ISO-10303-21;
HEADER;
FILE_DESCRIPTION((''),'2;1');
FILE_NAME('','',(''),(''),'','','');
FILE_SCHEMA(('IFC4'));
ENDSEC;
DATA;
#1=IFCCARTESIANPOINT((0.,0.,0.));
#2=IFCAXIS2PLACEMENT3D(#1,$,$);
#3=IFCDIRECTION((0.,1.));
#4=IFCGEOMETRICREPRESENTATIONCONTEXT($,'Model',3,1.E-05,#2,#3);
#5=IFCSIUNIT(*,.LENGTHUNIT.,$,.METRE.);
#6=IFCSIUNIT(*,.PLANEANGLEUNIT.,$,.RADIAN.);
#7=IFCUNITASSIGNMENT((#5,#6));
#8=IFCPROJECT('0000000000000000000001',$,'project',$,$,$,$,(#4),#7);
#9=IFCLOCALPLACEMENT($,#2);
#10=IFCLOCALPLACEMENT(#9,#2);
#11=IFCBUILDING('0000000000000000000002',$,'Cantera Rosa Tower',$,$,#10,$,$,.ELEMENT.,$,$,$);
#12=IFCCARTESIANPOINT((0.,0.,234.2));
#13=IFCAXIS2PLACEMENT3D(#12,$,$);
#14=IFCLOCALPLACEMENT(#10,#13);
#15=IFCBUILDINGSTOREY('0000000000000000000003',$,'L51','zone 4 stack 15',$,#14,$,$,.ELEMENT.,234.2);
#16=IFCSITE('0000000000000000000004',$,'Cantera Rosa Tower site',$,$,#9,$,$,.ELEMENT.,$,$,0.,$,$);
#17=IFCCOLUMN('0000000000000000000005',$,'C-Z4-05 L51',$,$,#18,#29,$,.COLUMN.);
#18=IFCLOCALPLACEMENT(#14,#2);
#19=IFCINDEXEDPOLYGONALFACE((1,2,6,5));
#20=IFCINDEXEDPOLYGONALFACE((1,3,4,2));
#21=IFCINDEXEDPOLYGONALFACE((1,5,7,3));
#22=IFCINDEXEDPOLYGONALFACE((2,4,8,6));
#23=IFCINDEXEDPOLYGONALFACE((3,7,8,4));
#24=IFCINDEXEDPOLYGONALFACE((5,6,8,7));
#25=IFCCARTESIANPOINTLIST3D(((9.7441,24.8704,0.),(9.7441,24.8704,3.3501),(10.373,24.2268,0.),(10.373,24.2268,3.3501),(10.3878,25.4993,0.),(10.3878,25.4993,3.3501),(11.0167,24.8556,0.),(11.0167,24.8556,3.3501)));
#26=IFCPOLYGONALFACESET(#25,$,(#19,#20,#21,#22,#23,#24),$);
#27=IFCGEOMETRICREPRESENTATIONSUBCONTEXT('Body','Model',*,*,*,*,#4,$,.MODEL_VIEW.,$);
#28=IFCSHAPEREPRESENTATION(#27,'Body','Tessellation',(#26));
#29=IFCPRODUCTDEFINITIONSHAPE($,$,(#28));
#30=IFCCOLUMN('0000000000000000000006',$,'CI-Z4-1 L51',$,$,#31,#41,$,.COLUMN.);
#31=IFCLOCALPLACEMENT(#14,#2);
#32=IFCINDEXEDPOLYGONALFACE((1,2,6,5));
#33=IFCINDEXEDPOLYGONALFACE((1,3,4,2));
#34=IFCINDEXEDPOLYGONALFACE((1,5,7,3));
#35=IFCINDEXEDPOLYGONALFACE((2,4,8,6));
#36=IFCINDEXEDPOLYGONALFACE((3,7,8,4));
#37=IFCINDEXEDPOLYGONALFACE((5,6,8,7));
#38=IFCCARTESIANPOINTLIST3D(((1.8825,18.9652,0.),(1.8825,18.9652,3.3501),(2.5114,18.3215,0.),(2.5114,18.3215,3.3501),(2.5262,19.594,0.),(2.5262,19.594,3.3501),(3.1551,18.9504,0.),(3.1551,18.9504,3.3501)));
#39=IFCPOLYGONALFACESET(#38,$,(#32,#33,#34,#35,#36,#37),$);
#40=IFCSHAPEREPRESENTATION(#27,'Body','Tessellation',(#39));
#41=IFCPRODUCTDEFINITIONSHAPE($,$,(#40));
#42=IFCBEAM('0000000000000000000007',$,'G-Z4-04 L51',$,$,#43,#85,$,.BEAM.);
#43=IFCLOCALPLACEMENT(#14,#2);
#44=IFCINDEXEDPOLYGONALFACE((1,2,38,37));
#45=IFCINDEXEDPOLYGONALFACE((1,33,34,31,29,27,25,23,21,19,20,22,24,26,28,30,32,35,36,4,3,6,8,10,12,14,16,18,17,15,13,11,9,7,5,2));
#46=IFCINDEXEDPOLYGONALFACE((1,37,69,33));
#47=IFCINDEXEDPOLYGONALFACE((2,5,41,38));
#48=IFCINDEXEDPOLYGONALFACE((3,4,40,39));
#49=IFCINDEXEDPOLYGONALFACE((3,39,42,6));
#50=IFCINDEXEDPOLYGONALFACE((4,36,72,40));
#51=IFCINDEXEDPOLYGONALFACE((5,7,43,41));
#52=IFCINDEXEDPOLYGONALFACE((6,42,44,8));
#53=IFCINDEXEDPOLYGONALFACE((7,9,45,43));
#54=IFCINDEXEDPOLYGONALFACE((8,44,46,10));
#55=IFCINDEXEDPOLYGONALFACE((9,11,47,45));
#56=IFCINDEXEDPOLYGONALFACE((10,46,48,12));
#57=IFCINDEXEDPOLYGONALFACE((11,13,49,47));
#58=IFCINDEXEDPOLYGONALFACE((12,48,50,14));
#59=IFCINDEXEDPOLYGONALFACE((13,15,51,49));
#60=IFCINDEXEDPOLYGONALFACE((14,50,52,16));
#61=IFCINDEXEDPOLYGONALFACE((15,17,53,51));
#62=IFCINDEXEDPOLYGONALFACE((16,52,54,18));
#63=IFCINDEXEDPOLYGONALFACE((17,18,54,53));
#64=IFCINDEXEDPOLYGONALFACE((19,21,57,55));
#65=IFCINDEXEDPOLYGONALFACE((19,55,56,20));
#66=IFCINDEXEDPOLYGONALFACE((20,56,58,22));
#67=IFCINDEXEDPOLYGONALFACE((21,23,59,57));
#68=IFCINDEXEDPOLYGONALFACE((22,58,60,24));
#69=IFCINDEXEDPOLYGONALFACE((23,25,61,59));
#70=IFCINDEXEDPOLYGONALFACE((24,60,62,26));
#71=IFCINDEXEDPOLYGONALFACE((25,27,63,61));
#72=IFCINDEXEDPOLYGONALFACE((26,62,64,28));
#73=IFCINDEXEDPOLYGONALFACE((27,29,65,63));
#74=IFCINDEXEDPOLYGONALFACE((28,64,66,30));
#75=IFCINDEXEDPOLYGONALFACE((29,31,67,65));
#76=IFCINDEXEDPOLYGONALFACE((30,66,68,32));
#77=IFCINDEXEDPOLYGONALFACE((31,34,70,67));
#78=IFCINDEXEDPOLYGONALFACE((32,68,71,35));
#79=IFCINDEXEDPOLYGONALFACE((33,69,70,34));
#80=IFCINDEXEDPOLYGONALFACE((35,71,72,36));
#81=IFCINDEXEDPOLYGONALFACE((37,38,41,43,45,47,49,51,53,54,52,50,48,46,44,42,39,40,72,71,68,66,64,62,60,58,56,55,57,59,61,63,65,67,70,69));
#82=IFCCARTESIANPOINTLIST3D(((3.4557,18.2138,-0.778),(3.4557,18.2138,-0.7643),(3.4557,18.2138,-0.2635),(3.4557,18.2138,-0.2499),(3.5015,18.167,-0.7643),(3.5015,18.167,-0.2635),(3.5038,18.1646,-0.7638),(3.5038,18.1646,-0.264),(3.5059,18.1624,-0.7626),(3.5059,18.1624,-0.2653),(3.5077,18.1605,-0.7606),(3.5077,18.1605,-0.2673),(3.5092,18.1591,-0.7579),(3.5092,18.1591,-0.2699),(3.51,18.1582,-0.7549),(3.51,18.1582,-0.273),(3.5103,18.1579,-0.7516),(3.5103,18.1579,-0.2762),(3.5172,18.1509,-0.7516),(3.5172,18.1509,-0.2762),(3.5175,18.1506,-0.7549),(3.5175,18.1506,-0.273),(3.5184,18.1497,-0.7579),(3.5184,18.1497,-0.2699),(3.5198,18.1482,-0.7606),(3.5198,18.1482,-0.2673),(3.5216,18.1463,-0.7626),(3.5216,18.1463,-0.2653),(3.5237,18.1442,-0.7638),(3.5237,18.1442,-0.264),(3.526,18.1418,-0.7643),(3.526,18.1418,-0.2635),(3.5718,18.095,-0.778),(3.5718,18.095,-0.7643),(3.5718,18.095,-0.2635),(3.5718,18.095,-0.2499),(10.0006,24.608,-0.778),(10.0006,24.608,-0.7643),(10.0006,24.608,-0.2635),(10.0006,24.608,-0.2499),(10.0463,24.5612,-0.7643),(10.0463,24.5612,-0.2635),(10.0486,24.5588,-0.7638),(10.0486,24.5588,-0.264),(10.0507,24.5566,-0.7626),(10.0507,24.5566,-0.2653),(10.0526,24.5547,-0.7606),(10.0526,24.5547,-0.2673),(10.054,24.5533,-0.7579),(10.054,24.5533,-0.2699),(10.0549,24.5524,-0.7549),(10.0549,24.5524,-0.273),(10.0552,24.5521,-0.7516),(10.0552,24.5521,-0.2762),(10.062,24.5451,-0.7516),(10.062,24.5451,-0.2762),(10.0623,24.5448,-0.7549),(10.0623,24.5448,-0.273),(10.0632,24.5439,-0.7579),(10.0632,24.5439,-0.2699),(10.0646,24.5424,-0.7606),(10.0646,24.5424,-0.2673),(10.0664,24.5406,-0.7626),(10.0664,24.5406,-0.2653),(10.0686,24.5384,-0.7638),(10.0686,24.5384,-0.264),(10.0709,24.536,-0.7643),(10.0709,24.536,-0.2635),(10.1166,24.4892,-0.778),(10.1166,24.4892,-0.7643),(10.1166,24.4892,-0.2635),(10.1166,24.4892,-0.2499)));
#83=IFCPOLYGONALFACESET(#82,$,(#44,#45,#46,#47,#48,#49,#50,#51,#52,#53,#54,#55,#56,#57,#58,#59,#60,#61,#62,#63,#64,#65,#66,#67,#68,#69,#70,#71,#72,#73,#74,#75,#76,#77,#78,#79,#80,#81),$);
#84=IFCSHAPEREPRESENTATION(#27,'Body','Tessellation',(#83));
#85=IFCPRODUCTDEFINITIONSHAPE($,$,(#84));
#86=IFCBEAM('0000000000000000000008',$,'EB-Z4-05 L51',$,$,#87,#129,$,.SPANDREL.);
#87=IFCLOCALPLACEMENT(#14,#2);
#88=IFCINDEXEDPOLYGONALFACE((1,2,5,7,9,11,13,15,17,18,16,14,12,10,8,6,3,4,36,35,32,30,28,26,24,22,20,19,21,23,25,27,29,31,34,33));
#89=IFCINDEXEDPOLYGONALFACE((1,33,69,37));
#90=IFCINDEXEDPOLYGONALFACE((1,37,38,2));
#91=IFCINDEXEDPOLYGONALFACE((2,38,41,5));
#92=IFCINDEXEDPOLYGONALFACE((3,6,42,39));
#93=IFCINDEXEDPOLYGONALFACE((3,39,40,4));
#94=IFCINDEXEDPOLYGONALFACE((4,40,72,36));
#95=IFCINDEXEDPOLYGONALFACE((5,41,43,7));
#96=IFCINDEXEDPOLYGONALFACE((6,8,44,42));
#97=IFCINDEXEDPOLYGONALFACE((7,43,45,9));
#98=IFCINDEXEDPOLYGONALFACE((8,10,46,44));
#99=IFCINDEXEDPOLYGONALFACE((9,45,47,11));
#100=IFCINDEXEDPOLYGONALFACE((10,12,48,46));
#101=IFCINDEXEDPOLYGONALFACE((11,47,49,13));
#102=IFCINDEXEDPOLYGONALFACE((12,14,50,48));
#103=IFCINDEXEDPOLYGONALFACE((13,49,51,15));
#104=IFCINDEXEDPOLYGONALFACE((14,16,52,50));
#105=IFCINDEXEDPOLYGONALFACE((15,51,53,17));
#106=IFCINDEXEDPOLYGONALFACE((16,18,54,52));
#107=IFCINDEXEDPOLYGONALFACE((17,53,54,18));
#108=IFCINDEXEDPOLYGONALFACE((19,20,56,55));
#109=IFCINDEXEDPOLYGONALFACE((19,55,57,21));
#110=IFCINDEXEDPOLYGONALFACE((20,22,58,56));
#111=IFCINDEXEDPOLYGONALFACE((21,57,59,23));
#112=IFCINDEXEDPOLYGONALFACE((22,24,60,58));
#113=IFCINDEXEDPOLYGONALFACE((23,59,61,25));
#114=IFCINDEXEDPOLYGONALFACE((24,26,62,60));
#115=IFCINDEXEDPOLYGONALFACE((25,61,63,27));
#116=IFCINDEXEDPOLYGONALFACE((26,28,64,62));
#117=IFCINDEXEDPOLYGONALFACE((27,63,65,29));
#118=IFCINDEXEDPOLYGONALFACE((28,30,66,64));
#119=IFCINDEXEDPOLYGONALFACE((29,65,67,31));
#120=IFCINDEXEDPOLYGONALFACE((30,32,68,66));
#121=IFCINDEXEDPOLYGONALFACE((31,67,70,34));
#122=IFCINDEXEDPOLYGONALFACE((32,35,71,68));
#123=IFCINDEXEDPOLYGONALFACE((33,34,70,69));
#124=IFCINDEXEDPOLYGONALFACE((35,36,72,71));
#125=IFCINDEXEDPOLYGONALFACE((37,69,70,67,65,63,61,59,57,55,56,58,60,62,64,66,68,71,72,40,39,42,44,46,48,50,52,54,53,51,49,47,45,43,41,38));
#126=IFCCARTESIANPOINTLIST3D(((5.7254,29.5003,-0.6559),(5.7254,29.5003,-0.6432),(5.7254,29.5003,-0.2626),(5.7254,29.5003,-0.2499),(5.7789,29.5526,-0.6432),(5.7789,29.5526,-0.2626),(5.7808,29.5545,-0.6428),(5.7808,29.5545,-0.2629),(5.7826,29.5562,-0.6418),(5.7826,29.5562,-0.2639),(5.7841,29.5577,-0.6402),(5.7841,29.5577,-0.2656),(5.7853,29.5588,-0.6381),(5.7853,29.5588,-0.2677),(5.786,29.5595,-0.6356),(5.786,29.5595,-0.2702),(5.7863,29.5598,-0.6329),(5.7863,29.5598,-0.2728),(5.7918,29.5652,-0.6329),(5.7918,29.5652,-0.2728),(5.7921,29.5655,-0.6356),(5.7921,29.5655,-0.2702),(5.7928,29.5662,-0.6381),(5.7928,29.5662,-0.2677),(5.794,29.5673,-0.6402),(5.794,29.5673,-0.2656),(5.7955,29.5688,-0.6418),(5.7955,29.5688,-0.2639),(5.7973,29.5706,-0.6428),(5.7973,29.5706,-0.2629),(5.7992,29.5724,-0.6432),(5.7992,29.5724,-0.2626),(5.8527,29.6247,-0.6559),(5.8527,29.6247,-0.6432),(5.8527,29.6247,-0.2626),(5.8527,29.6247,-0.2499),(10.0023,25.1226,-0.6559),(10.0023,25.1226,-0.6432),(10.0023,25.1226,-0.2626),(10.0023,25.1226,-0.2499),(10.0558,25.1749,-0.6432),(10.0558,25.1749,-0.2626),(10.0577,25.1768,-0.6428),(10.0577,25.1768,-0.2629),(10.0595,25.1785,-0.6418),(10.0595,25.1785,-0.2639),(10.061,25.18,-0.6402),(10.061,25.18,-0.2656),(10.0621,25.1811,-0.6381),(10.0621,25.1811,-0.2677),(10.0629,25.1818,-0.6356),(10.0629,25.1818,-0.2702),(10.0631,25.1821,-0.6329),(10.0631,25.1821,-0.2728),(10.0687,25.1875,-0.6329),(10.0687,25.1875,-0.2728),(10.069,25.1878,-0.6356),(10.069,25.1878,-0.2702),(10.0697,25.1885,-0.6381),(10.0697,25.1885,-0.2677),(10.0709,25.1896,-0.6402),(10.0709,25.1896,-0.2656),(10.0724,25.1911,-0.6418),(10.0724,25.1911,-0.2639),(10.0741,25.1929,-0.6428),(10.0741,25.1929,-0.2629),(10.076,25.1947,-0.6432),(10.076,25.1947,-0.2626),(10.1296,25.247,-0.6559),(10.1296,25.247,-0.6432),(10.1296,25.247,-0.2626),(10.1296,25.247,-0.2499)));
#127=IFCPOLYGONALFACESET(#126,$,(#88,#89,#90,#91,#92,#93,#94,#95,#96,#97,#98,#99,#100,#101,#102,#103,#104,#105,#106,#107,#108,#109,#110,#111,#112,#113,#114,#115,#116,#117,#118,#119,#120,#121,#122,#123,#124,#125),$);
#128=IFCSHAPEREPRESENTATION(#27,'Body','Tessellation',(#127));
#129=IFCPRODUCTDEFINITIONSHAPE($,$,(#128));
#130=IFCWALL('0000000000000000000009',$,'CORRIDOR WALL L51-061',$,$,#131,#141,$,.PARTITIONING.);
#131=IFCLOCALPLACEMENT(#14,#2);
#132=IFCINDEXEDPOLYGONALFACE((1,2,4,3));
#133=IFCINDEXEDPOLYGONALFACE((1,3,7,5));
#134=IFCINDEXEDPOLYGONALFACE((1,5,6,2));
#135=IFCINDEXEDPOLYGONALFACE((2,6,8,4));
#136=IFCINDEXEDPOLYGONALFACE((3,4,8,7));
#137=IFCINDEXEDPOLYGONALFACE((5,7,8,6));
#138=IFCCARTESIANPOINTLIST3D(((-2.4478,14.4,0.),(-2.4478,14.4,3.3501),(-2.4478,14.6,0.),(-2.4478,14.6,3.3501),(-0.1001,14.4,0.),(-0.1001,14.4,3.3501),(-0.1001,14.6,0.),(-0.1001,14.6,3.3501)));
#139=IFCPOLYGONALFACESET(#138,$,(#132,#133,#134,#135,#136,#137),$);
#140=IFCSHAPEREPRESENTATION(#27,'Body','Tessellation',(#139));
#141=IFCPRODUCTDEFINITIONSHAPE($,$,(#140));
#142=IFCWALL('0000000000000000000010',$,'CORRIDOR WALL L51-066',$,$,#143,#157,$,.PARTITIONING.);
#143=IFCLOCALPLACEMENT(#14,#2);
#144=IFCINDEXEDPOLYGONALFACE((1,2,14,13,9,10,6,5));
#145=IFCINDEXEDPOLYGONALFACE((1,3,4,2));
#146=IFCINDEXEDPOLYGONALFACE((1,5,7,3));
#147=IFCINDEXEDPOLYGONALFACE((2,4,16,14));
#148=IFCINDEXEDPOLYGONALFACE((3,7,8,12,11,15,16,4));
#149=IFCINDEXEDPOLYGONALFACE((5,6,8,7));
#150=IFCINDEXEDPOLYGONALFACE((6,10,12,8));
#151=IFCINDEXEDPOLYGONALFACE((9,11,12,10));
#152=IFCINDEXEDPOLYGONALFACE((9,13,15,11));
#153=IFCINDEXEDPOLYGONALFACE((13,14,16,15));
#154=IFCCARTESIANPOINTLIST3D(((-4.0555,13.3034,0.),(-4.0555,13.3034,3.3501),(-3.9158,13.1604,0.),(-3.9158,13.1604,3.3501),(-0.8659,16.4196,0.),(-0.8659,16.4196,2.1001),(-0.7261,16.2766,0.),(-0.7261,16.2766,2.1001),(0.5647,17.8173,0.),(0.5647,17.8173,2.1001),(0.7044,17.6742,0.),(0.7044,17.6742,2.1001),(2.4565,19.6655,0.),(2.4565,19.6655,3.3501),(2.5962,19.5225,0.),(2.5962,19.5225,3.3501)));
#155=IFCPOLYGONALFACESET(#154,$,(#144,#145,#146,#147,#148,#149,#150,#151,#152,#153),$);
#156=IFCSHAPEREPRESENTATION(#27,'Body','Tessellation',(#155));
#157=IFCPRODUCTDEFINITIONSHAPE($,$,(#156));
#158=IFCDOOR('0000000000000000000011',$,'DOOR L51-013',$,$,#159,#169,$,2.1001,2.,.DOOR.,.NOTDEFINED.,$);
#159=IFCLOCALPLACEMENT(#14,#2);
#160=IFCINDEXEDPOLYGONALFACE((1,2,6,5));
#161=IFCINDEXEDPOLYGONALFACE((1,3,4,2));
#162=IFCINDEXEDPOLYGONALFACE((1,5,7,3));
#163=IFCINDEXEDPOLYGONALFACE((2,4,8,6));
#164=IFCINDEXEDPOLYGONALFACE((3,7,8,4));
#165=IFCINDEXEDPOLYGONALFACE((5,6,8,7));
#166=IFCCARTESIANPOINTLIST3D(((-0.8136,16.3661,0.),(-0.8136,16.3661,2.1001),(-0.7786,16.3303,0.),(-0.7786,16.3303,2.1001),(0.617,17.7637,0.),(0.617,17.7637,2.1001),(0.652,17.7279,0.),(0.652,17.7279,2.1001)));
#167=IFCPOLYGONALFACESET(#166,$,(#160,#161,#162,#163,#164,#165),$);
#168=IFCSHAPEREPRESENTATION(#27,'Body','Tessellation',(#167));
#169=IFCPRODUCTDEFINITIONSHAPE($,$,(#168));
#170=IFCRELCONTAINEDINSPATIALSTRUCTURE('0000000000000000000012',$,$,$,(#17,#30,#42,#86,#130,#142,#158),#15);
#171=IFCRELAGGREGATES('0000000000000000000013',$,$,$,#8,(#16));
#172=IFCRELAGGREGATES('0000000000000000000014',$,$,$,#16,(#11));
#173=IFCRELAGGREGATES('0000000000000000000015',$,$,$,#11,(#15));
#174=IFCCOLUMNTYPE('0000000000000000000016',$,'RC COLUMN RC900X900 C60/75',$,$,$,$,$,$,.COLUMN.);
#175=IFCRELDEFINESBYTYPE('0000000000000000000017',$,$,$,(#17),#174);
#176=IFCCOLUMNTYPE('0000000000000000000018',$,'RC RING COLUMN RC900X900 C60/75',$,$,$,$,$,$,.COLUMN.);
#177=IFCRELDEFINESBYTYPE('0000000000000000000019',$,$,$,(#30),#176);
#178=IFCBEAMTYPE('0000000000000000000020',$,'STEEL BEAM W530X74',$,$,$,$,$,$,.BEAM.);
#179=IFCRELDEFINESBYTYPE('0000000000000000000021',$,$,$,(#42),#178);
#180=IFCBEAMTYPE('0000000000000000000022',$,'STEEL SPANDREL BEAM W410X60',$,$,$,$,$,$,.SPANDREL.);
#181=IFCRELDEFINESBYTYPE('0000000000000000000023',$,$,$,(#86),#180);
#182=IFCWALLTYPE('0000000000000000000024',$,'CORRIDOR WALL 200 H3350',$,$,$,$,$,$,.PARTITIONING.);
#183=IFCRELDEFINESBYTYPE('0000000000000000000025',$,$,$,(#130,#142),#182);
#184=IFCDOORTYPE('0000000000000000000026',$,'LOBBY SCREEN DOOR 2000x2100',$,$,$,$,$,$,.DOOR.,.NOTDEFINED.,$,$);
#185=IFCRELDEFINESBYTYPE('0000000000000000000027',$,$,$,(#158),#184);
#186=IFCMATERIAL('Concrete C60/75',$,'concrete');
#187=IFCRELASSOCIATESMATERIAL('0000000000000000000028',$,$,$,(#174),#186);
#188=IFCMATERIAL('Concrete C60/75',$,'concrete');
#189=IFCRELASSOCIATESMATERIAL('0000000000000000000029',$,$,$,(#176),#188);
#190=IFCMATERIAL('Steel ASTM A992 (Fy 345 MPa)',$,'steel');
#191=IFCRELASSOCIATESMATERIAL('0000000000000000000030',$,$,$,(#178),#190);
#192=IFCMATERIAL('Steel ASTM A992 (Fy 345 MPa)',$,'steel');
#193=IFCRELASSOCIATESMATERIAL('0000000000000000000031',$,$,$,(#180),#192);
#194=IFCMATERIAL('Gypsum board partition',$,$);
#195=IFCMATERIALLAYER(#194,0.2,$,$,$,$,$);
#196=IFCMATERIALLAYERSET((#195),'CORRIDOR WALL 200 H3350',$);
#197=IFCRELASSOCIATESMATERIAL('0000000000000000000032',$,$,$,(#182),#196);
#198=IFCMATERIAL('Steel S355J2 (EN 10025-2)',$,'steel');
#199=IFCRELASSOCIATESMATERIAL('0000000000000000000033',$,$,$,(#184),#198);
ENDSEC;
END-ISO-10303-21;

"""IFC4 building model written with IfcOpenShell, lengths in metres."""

from ifc_helpers import new_model, si_unit, direction, frame, frame_2d, origin, origin_2d, place, context, subcontext, project, spatial, rectangle, i_section, extrude, material, layer, layer_set, material_profile, profile_set, type_object, element, fill, save


model = new_model("IFC4")

# Units and contexts
model_context = context("Model", 3, precision=1e-05, world=origin(), true_north=direction((0.0, 1.0)))
body_context = subcontext(model_context, "Body", "Model", "MODEL_VIEW")
ifc_project = project(units=[si_unit("LENGTHUNIT", "METRE"), si_unit("PLANEANGLEUNIT", "RADIAN")], contexts=[model_context])

# Site, building, storey
site_placement = place(None, origin())
site = spatial("IfcSite", under=ifc_project, at=site_placement, Name="Cantera Rosa Tower site", CompositionType="ELEMENT", RefElevation=0.0)
building_placement = place(site_placement, origin())
building = spatial("IfcBuilding", under=site, at=building_placement, Name="Cantera Rosa Tower", CompositionType="ELEMENT")
storey_placement = place(building_placement, frame((0.0, 0.0, 234.2)))
storey = spatial("IfcBuildingStorey", under=building, at=storey_placement, Name="L51", Description="zone 4 stack 15", CompositionType="ELEMENT", Elevation=234.2)

# Columns
ifc_material_1 = material(Name="Concrete C60/75", Category="concrete")
ifc_material_profile_1 = material_profile(ifc_material_1, rectangle(XDim=0.8999, YDim=0.8999, at=origin_2d()), Name="RC COLUMN RC900X900 C60/75")
ifc_profile_set_1 = profile_set([ifc_material_profile_1], Name="Concrete C60/75")
column_type_1 = type_object("IfcColumnType", Name="RC COLUMN RC900X900 C60/75", PredefinedType="COLUMN", material=ifc_profile_set_1)
column_1_placement = place(storey_placement, frame((10.3804, 24.863, 0.0), z_axis=(0.0, 0.0, 1.0), x_axis=(0.715286, 0.698832, 0.0)))
element("IfcColumn", 1, at=column_1_placement, inside=storey, type_object=column_type_1, Name="C-Z4-05 L51", PredefinedType="COLUMN", context=body_context, shape_type="SweptSolid", body=[
    extrude(rectangle(XDim=0.8999, YDim=0.8999, at=origin_2d()), origin(), (0.0, 0.0, 1.0), 3.3501),
])
ifc_material_2 = material(Name="Concrete C60/75", Category="concrete")
ifc_material_profile_2 = material_profile(ifc_material_2, rectangle(XDim=0.8999, YDim=0.8999, at=origin_2d()), Name="RC RING COLUMN RC900X900 C60/75")
ifc_profile_set_2 = profile_set([ifc_material_profile_2], Name="Concrete C60/75")
column_type_2 = type_object("IfcColumnType", Name="RC RING COLUMN RC900X900 C60/75", PredefinedType="COLUMN", material=ifc_profile_set_2)
column_2_placement = place(storey_placement, frame((2.5188, 18.9578, 0.0), z_axis=(0.0, 0.0, 1.0), x_axis=(0.715286, 0.698832, 0.0)))
element("IfcColumn", 2, at=column_2_placement, inside=storey, type_object=column_type_2, Name="CI-Z4-1 L51", PredefinedType="COLUMN", context=body_context, shape_type="SweptSolid", body=[
    extrude(rectangle(XDim=0.8999, YDim=0.8999, at=origin_2d()), origin(), (0.0, 0.0, 1.0), 3.3501),
])

# Beams
ifc_material_3 = material(Name="Steel ASTM A992 (Fy 345 MPa)", Category="steel")
ifc_material_profile_3 = material_profile(ifc_material_3, i_section(OverallWidth=0.166, OverallDepth=0.5281, WebThickness=0.0098, FlangeThickness=0.0137, FilletRadius=0.0127, at=origin_2d()), Name="W530X74")
ifc_profile_set_3 = profile_set([ifc_material_profile_3], Name="Steel ASTM A992 (Fy 345 MPa)")
beam_type_1 = type_object("IfcBeamType", Name="STEEL BEAM W530X74", PredefinedType="BEAM", material=ifc_profile_set_3)
beam_1_placement = place(storey_placement, frame((10.0586, 24.5486, -0.5139), z_axis=(-0.71529, -0.698827, 0.0), x_axis=(0.698827, -0.71529, 0.0)))
element("IfcBeam", 3, at=beam_1_placement, inside=storey, type_object=beam_type_1, Name="G-Z4-04 L51", PredefinedType="BEAM", context=body_context, shape_type="SweptSolid", body=[
    extrude(i_section(OverallWidth=0.166, OverallDepth=0.5281, WebThickness=0.0098, FlangeThickness=0.0137, FilletRadius=0.0127, at=origin_2d()), origin(), (0.0, 0.0, 1.0), 9.1499),
])
ifc_material_4 = material(Name="Steel ASTM A992 (Fy 345 MPa)", Category="steel")
ifc_material_profile_4 = material_profile(ifc_material_4, i_section(OverallWidth=0.178, OverallDepth=0.406, WebThickness=0.0078, FlangeThickness=0.0127, FilletRadius=0.0103, at=origin_2d()), Name="W410X60")
ifc_profile_set_4 = profile_set([ifc_material_profile_4], Name="Steel ASTM A992 (Fy 345 MPa)")
beam_type_2 = type_object("IfcBeamType", Name="STEEL SPANDREL BEAM W410X60", PredefinedType="SPANDREL", material=ifc_profile_set_4)
beam_2_placement = place(storey_placement, frame((10.0659, 25.1848, -0.4529), z_axis=(-0.698821, 0.715296, 0.0), x_axis=(-0.715296, -0.698821, 0.0)))
element("IfcBeam", 4, at=beam_2_placement, inside=storey, type_object=beam_type_2, Name="EB-Z4-05 L51", PredefinedType="SPANDREL", context=body_context, shape_type="SweptSolid", body=[
    extrude(i_section(OverallWidth=0.178, OverallDepth=0.406, WebThickness=0.0078, FlangeThickness=0.0127, FilletRadius=0.0103, at=origin_2d()), origin(), (0.0, 0.0, 1.0), 6.1201),
])

# Wall
ifc_material_5 = material(Name="Gypsum board partition")
ifc_layer_1 = layer(ifc_material_5, 0.2)
ifc_layer_set_1 = layer_set([ifc_layer_1], Name="CORRIDOR WALL 200 H3350")
wall_type_1 = type_object("IfcWallType", Name="CORRIDOR WALL 200 H3350", PredefinedType="PARTITIONING", material=ifc_layer_set_1)
wall_1_placement = place(storey_placement, frame((-0.1001, 14.5, 0.0), z_axis=(0.0, 0.0, 1.0), x_axis=(-1.0, 0.0, 0.0)))
element("IfcWall", 5, at=wall_1_placement, inside=storey, type_object=wall_type_1, Name="CORRIDOR WALL L51-061", PredefinedType="PARTITIONING", context=body_context, shape_type="SweptSolid", body=[
    extrude(rectangle(XDim=2.3477, YDim=0.2, at=frame_2d((1.1738, 0.0))), origin(), (0.0, 0.0, 1.0), 3.3501),
])

# Wall, opening, door
wall_2_placement = place(storey_placement, frame((2.5264, 19.594, 0.0), z_axis=(0.0, 0.0, 1.0), x_axis=(-0.715292, -0.698826, 0.0)))
wall_2 = element("IfcWall", 6, at=wall_2_placement, inside=storey, type_object=wall_type_1, Name="CORRIDOR WALL L51-066", PredefinedType="PARTITIONING", context=body_context, shape_type="SweptSolid", body=[
    extrude(rectangle(XDim=9.104, YDim=0.2, at=frame_2d((4.552, 0.0))), origin(), (0.0, 0.0, 1.0), 3.3501),
])
opening_1_placement = place(wall_2_placement, frame((2.6448, 0.0, 0.0)))
opening_1 = element("IfcOpeningElement", 7, at=opening_1_placement, cuts=wall_2, PredefinedType="OPENING", context=body_context, shape_type="SweptSolid", body=[
    extrude(rectangle(XDim=2.0, YDim=2.1001, at=frame_2d((1.0, 1.05))), frame((0.0, 0.1099, 0.0), z_axis=(0.0, -1.0, 0.0), x_axis=(1.0, 0.0, 0.0)), (0.0, 0.0, 1.0), 0.22),
])
ifc_material_6 = material(Name="Steel S355J2 (EN 10025-2)", Category="steel")
door_type_1 = type_object("IfcDoorType", Name="LOBBY SCREEN DOOR 2000x2100", OperationType="NOTDEFINED", PredefinedType="DOOR", material=ifc_material_6)
door_1_placement = place(opening_1_placement, origin())
door_1 = element("IfcDoor", 8, at=door_1_placement, inside=storey, type_object=door_type_1, Name="DOOR L51-013", OperationType="NOTDEFINED", OverallHeight=2.1001, OverallWidth=2.0, PredefinedType="DOOR", context=body_context, shape_type="SweptSolid", body=[
    extrude(rectangle(XDim=2.0, YDim=2.1001, at=frame_2d((1.0, 1.05))), frame((0.0, 0.0249, 0.0), z_axis=(0.0, -1.0, 0.0), x_axis=(1.0, 0.0, 0.0)), (0.0, 0.0, 1.0), 0.05),
])
fill(opening_1, door_1)

save(model, "model.ifc")
